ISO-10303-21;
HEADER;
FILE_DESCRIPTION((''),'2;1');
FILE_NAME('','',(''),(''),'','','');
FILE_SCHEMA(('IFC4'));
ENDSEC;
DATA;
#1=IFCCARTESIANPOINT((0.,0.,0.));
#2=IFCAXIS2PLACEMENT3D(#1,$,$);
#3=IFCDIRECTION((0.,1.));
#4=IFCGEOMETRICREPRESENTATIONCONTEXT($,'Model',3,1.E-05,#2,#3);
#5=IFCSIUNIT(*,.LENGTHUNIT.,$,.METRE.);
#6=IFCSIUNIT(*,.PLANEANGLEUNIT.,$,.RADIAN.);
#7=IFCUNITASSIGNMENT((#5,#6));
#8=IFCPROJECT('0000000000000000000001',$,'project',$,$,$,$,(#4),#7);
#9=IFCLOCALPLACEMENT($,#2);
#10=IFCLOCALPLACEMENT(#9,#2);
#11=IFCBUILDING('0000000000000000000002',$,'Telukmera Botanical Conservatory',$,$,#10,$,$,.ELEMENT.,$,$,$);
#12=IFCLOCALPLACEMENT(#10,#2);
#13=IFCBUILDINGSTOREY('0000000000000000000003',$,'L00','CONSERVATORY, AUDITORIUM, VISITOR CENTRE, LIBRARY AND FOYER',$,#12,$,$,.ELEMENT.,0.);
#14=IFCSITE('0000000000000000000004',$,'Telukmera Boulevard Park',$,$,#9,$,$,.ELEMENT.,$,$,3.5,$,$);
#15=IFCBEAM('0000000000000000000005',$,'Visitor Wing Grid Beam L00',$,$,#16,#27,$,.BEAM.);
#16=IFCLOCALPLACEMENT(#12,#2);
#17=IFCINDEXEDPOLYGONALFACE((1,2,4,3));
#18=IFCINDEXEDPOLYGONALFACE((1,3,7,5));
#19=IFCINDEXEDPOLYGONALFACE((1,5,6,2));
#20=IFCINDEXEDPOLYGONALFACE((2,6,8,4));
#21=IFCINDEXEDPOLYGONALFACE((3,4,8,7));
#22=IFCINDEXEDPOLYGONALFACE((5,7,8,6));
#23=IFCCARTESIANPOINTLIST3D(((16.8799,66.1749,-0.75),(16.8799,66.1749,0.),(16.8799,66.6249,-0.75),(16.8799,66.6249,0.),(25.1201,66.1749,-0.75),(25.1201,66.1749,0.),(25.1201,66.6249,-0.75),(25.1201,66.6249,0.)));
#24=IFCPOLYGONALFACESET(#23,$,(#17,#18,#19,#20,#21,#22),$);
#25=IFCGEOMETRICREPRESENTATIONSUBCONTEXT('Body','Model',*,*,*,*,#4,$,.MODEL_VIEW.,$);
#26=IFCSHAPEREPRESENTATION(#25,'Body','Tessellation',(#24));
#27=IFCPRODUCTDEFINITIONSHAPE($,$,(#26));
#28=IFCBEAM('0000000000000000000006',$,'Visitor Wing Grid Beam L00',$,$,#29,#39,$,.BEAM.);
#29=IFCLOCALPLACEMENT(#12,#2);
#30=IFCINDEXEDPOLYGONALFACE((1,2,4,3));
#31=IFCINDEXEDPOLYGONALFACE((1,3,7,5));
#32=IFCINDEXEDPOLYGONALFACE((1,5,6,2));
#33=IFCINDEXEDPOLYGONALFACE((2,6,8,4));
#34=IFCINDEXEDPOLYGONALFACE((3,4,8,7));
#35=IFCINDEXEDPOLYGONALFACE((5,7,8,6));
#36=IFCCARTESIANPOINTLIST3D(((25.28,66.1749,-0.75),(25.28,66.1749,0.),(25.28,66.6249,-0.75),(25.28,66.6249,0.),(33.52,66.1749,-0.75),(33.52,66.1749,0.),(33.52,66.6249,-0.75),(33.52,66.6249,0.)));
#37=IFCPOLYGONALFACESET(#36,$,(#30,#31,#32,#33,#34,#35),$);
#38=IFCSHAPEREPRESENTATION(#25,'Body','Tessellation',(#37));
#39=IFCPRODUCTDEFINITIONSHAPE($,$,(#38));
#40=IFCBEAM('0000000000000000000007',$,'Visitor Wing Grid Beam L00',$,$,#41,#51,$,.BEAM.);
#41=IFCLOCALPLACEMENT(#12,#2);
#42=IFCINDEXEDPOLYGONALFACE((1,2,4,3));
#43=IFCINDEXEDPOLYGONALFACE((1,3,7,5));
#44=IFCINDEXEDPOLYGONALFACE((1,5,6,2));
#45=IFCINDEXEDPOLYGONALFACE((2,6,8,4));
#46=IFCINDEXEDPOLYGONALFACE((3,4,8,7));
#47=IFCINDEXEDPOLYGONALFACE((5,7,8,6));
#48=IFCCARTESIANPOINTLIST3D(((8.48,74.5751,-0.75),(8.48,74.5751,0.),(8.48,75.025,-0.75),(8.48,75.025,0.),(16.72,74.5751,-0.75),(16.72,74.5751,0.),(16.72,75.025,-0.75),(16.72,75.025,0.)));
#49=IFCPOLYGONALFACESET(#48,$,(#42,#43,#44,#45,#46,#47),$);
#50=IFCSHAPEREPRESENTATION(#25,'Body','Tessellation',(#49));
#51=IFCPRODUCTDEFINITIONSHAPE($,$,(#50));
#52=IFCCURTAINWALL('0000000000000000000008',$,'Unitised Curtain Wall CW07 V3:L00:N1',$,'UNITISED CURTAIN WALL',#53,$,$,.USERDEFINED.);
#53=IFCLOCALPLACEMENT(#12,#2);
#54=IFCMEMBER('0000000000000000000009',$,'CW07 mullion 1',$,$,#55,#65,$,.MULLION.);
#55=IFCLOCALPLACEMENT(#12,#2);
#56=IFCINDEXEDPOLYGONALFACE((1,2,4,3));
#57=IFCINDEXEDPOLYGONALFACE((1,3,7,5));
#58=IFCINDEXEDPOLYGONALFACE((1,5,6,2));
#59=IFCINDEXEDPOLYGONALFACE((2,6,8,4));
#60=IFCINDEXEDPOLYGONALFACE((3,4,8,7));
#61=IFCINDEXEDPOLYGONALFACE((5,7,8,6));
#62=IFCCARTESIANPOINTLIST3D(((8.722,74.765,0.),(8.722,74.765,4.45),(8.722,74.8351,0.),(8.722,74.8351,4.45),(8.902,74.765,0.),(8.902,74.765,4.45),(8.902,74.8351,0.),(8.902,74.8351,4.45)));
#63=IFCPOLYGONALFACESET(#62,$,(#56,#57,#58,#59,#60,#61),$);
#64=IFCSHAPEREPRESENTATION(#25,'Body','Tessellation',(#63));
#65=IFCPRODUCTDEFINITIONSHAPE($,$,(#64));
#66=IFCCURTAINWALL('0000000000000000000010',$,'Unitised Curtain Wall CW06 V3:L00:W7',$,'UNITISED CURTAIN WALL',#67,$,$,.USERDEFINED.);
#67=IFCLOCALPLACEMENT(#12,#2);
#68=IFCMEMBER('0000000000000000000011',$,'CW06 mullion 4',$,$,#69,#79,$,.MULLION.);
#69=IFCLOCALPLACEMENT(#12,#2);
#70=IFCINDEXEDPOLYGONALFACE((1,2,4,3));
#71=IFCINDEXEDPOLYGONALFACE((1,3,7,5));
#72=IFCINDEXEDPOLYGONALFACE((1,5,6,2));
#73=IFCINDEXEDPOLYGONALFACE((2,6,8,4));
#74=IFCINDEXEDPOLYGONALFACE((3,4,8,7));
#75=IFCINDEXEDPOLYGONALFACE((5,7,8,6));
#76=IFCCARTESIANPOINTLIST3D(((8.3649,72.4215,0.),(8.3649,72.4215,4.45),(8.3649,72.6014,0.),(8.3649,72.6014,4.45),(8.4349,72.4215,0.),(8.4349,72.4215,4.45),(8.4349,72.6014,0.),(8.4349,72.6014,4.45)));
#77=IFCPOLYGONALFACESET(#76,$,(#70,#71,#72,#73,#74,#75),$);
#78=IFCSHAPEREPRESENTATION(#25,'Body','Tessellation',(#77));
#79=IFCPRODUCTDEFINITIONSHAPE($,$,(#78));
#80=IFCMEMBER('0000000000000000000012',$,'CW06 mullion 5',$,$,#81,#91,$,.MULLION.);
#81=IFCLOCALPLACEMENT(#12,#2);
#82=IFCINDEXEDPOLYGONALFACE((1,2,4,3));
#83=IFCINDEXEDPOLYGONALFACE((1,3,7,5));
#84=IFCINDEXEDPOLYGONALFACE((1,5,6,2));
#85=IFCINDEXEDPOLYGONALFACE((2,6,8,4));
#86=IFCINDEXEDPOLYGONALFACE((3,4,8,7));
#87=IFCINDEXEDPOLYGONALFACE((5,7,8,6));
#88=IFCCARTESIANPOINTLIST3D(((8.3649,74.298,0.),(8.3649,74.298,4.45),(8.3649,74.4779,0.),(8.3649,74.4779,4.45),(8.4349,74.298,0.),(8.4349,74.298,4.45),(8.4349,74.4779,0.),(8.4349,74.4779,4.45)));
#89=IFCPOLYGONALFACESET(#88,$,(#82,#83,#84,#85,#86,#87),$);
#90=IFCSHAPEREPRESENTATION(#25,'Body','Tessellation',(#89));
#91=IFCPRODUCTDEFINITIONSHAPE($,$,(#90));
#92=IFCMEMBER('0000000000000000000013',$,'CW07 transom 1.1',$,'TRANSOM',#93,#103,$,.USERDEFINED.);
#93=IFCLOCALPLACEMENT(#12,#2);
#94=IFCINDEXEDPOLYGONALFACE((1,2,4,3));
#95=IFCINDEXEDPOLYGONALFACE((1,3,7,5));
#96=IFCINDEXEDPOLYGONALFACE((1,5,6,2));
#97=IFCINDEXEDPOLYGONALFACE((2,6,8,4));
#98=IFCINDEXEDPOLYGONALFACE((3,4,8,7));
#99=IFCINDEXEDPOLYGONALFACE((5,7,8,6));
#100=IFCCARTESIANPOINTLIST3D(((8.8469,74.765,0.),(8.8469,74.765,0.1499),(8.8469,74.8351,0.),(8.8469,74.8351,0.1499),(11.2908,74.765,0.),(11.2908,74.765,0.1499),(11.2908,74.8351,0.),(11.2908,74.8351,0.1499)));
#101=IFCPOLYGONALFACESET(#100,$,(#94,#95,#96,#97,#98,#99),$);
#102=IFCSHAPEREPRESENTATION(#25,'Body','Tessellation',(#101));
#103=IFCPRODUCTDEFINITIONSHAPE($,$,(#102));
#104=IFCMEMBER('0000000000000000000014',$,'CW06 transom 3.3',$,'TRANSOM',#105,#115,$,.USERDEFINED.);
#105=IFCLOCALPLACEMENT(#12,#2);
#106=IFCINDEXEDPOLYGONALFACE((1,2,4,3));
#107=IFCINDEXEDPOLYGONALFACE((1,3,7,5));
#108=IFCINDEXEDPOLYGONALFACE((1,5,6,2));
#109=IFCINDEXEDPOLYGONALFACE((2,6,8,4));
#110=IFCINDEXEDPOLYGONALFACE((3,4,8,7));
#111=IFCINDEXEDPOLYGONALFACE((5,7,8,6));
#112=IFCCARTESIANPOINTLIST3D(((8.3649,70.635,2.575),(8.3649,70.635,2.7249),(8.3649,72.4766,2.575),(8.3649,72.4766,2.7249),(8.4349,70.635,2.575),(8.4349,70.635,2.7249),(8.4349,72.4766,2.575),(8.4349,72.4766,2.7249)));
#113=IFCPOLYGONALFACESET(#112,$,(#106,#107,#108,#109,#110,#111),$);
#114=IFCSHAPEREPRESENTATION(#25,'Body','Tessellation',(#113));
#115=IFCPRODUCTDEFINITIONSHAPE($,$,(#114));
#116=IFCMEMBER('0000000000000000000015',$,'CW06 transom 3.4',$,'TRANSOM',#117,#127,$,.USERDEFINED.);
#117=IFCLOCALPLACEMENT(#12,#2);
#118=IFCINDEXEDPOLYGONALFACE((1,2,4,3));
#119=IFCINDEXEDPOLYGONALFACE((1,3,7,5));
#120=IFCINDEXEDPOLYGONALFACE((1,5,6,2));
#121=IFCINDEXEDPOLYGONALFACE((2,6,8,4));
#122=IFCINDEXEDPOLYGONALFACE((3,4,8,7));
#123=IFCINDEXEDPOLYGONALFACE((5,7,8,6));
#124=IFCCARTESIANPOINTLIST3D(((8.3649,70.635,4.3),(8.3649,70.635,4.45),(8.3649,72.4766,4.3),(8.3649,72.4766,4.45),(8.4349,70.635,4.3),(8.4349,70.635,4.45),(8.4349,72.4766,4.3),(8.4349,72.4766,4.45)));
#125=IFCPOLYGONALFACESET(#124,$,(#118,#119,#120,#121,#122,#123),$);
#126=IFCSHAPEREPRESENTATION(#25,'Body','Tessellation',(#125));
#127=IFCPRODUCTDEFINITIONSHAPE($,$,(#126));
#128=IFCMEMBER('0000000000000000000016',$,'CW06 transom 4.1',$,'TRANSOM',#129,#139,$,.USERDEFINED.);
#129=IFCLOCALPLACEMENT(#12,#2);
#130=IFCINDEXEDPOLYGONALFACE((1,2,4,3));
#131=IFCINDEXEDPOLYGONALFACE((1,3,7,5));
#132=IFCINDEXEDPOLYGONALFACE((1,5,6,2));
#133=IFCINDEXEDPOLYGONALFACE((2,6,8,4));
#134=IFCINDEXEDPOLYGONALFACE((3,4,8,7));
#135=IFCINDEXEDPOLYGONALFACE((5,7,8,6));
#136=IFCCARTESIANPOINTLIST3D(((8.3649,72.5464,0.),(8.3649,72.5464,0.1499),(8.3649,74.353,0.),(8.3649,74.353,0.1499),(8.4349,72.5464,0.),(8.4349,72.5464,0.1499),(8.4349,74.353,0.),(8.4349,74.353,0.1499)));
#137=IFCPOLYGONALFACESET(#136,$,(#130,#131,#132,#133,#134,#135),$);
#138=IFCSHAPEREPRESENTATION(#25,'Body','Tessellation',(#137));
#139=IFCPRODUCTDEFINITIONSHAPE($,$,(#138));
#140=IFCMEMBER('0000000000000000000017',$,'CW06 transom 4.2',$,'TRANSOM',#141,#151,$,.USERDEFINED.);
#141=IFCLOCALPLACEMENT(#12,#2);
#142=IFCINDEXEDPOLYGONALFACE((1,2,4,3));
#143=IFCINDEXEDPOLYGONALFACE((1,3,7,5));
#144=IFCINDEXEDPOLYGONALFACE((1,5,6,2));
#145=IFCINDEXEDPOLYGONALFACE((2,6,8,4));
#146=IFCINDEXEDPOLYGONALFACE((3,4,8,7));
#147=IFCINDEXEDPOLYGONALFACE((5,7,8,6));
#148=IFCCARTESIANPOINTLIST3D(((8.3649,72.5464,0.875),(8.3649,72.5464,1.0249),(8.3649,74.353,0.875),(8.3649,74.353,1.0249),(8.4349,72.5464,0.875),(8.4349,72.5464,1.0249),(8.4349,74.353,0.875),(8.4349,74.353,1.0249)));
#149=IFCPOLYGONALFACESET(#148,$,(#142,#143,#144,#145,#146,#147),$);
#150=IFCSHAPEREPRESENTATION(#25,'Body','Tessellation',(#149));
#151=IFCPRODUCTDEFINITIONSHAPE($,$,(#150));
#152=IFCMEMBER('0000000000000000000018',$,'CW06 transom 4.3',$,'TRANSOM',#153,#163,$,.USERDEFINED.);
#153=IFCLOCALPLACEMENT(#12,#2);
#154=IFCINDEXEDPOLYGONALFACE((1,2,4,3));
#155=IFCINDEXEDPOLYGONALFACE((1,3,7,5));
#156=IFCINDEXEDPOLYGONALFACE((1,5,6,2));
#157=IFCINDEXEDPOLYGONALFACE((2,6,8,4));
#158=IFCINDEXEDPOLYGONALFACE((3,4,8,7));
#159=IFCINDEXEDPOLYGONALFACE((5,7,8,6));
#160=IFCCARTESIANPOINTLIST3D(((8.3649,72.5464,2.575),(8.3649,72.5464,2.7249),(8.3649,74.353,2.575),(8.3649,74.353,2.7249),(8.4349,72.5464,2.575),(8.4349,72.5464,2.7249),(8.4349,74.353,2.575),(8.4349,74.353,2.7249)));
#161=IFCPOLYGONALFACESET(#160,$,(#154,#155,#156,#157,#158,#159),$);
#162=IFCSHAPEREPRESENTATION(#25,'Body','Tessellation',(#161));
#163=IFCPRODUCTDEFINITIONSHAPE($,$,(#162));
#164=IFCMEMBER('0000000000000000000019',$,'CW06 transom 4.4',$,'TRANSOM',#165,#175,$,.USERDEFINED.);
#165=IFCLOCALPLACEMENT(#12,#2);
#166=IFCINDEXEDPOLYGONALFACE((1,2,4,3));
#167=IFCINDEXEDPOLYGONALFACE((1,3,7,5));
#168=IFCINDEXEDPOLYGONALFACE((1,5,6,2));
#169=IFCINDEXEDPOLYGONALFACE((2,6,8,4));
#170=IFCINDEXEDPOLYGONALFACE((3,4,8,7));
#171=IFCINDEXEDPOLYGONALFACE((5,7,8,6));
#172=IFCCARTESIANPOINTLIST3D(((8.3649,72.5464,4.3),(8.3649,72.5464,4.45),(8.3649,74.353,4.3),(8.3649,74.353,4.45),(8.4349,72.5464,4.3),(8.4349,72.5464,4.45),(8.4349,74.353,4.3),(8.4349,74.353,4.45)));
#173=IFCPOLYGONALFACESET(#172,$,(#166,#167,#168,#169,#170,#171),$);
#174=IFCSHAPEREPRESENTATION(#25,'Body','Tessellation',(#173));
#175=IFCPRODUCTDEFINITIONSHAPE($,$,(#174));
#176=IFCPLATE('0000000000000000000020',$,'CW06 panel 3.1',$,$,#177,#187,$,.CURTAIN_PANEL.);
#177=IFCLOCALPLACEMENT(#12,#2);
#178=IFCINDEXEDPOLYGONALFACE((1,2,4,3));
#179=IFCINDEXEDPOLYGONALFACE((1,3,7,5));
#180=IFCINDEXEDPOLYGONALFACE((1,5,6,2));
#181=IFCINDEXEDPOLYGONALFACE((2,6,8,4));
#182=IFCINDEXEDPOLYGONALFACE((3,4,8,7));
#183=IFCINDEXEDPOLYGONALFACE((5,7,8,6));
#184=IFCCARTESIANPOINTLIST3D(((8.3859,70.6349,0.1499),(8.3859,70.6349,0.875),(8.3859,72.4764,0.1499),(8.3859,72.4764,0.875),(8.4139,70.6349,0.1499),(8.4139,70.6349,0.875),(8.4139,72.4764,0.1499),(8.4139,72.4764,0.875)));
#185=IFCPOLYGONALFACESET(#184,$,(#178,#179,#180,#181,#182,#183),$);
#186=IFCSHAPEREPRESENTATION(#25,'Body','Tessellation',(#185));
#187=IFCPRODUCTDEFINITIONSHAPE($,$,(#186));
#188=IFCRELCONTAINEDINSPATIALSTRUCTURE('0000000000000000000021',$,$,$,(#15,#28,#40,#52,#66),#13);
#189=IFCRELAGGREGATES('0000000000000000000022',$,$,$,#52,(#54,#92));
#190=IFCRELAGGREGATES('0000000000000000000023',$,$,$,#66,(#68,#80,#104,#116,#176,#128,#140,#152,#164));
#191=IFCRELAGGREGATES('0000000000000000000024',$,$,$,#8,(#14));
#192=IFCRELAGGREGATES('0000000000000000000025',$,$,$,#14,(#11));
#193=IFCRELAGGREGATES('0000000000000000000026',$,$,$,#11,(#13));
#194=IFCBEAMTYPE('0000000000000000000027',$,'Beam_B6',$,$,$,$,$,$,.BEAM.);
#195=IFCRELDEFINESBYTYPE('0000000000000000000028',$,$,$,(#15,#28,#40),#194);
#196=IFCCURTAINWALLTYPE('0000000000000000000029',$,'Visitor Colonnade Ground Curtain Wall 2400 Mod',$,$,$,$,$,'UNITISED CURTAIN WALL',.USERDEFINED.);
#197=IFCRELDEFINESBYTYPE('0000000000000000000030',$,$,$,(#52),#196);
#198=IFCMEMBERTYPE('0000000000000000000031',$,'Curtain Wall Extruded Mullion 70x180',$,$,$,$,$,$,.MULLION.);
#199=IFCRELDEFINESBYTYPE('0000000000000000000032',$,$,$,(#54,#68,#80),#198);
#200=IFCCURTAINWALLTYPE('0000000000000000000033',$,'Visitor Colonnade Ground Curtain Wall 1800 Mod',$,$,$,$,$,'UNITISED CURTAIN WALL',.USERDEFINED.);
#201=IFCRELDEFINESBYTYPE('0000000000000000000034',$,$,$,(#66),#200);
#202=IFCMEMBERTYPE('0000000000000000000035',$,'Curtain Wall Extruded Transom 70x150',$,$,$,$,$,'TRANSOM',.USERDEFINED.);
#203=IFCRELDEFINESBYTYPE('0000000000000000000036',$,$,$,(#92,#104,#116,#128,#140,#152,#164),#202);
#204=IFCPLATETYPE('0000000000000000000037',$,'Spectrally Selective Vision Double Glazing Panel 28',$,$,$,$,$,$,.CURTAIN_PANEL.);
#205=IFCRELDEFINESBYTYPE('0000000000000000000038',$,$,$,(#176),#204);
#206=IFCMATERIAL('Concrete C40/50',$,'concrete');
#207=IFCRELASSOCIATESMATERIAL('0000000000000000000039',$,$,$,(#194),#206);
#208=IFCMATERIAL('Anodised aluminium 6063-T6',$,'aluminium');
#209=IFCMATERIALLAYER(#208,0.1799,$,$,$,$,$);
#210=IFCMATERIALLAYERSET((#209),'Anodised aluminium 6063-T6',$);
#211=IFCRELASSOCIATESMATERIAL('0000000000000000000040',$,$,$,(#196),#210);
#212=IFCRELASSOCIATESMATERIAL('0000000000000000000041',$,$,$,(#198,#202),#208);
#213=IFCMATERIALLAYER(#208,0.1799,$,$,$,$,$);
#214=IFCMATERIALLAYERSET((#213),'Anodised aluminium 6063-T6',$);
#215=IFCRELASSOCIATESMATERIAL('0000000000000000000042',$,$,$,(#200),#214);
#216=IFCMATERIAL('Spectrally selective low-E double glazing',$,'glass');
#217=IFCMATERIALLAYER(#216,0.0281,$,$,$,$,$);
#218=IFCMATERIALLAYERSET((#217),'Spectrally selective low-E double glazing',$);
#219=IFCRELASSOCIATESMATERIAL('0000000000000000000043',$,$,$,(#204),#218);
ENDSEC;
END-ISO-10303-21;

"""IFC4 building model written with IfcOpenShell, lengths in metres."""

from ifc_helpers import new_model, si_unit, direction, frame, origin, origin_2d, place, context, subcontext, project, spatial, rectangle, extrude, material, layer, layer_set, material_profile, profile_set, type_object, element, aggregate, save


model = new_model("IFC4")

# Units and contexts
model_context = context("Model", 3, precision=1e-05, world=origin(), true_north=direction((0.0, 1.0)))
body_context = subcontext(model_context, "Body", "Model", "MODEL_VIEW")
ifc_project = project(units=[si_unit("LENGTHUNIT", "METRE"), si_unit("PLANEANGLEUNIT", "RADIAN")], contexts=[model_context])

# Site, building, storey
site_placement = place(None, origin())
site = spatial("IfcSite", under=ifc_project, at=site_placement, Name="Telukmera Boulevard Park", CompositionType="ELEMENT", RefElevation=3.5)
building_placement = place(site_placement, origin())
building = spatial("IfcBuilding", under=site, at=building_placement, Name="Telukmera Botanical Conservatory", CompositionType="ELEMENT")
storey_placement = place(building_placement, origin())
storey = spatial("IfcBuildingStorey", under=building, at=storey_placement, Name="L00", Description="CONSERVATORY, AUDITORIUM, VISITOR CENTRE, LIBRARY AND FOYER", CompositionType="ELEMENT", Elevation=0.0)

# Shared definitions
ifc_material_1 = material(Name="Concrete C40/50", Category="concrete")

# Beams
ifc_material_profile_1 = material_profile(ifc_material_1, rectangle(XDim=0.45, YDim=0.75, at=origin_2d()), Name="RC 450x750")
ifc_profile_set_1 = profile_set([ifc_material_profile_1], Name="Concrete C40/50")
beam_type_1 = type_object("IfcBeamType", Name="Beam_B6", PredefinedType="BEAM", material=ifc_profile_set_1)
beam_1_placement = place(storey_placement, frame((16.8799, 66.3999, -0.375), z_axis=(1.0, 0.0, 0.0), x_axis=(0.0, 1.0, 0.0)))
element("IfcBeam", 1, at=beam_1_placement, inside=storey, type_object=beam_type_1, Name="Visitor Wing Grid Beam L00", PredefinedType="BEAM", context=body_context, shape_type="SweptSolid", body=[
    extrude(rectangle(XDim=0.45, YDim=0.75, at=origin_2d()), origin(), (0.0, 0.0, 1.0), 8.2402),
])
for number, where, z_axis, x_axis, name in (
    (2, (25.28, 66.3999, -0.375), (1.0, 0.0, 0.0), (0.0, 1.0, 0.0), "Visitor Wing Grid Beam L00"),
    (3, (8.48, 74.8, -0.375), (1.0, 0.0, 0.0), (0.0, 1.0, 0.0), "Visitor Wing Grid Beam L00"),
):
    element("IfcBeam", number, at=place(storey_placement, frame(where, z_axis=z_axis, x_axis=x_axis)), inside=storey, type_object=beam_type_1, Name=name, PredefinedType="BEAM", context=body_context, shape_type="SweptSolid", body=[
        extrude(rectangle(XDim=0.45, YDim=0.75, at=origin_2d()), origin(), (0.0, 0.0, 1.0), 8.24),
    ])

# Curtain wall, member
ifc_material_2 = material(Name="Anodised aluminium 6063-T6", Category="aluminium")
ifc_layer_1 = layer(ifc_material_2, 0.1799)
ifc_layer_set_1 = layer_set([ifc_layer_1], Name="Anodised aluminium 6063-T6")
curtain_wall_type_1 = type_object("IfcCurtainWallType", Name="Visitor Colonnade Ground Curtain Wall 2400 Mod", ElementType="UNITISED CURTAIN WALL", PredefinedType="USERDEFINED", material=ifc_layer_set_1)
curtain_wall_1_placement = place(storey_placement, origin())
curtain_wall_1 = element("IfcCurtainWall", 4, at=curtain_wall_1_placement, inside=storey, type_object=curtain_wall_type_1, Name="Unitised Curtain Wall CW07 V3:L00:N1", ObjectType="UNITISED CURTAIN WALL", PredefinedType="USERDEFINED")
ifc_material_profile_2 = material_profile(ifc_material_2, rectangle(XDim=0.0701, YDim=0.1799, at=origin_2d()), Name="ALU MULL 70x180")
ifc_profile_set_2 = profile_set([ifc_material_profile_2], Name="Anodised aluminium 6063-T6")
member_type_1 = type_object("IfcMemberType", Name="Curtain Wall Extruded Mullion 70x180", PredefinedType="MULLION", material=ifc_profile_set_2)
member_1_placement = place(storey_placement, frame((8.812, 74.8, 0.0), z_axis=(0.0, 0.0, 1.0), x_axis=(0.0, 1.0, 0.0)))
member_1 = element("IfcMember", 5, at=member_1_placement, type_object=member_type_1, Name="CW07 mullion 1", PredefinedType="MULLION", context=body_context, shape_type="SweptSolid", body=[
    extrude(rectangle(XDim=0.0701, YDim=0.1799, at=origin_2d()), origin(), (0.0, 0.0, 1.0), 4.45),
])

# Curtain wall, members
ifc_layer_2 = layer(ifc_material_2, 0.1799)
ifc_layer_set_2 = layer_set([ifc_layer_2], Name="Anodised aluminium 6063-T6")
curtain_wall_type_2 = type_object("IfcCurtainWallType", Name="Visitor Colonnade Ground Curtain Wall 1800 Mod", ElementType="UNITISED CURTAIN WALL", PredefinedType="USERDEFINED", material=ifc_layer_set_2)
curtain_wall_2_placement = place(storey_placement, origin())
curtain_wall_2 = element("IfcCurtainWall", 6, at=curtain_wall_2_placement, inside=storey, type_object=curtain_wall_type_2, Name="Unitised Curtain Wall CW06 V3:L00:W7", ObjectType="UNITISED CURTAIN WALL", PredefinedType="USERDEFINED")
member_2_placement = place(storey_placement, frame((8.3999, 72.5115, 0.0), z_axis=(0.0, 0.0, 1.0), x_axis=(-1.0, 0.0, 0.0)))
member_2 = element("IfcMember", 7, at=member_2_placement, type_object=member_type_1, Name="CW06 mullion 4", PredefinedType="MULLION", context=body_context, shape_type="SweptSolid", body=[
    extrude(rectangle(XDim=0.0701, YDim=0.1799, at=origin_2d()), origin(), (0.0, 0.0, 1.0), 4.45),
])
member_3_placement = place(storey_placement, frame((8.3999, 74.3879, 0.0), z_axis=(0.0, 0.0, 1.0), x_axis=(-1.0, 0.0, 0.0)))
member_3 = element("IfcMember", 8, at=member_3_placement, type_object=member_type_1, Name="CW06 mullion 5", PredefinedType="MULLION", context=body_context, shape_type="SweptSolid", body=[
    extrude(rectangle(XDim=0.0701, YDim=0.1799, at=origin_2d()), origin(), (0.0, 0.0, 1.0), 4.45),
])

# Members
ifc_material_profile_3 = material_profile(ifc_material_2, rectangle(XDim=0.0701, YDim=0.1499, at=origin_2d()), Name="ALU TRAN 70x150")
ifc_profile_set_3 = profile_set([ifc_material_profile_3], Name="Anodised aluminium 6063-T6")
member_type_2 = type_object("IfcMemberType", Name="Curtain Wall Extruded Transom 70x150", ElementType="TRANSOM", PredefinedType="USERDEFINED", material=ifc_profile_set_3)
member_4_placement = place(storey_placement, frame((8.8469, 74.8, 0.075), z_axis=(1.0, 0.0, 0.0), x_axis=(0.0, 1.0, 0.0)))
member_4 = element("IfcMember", 9, at=member_4_placement, type_object=member_type_2, Name="CW07 transom 1.1", ObjectType="TRANSOM", PredefinedType="USERDEFINED", context=body_context, shape_type="SweptSolid", body=[
    extrude(rectangle(XDim=0.0701, YDim=0.1499, at=origin_2d()), origin(), (0.0, 0.0, 1.0), 2.4438),
])
aggregate(curtain_wall_1, [member_1, member_4])
member_5_placement = place(storey_placement, frame((8.3999, 70.635, 2.6499), z_axis=(0.0, 1.0, 0.0), x_axis=(-1.0, 0.0, 0.0)))
member_5 = element("IfcMember", 10, at=member_5_placement, type_object=member_type_2, Name="CW06 transom 3.3", ObjectType="TRANSOM", PredefinedType="USERDEFINED", context=body_context, shape_type="SweptSolid", body=[
    extrude(rectangle(XDim=0.0701, YDim=0.1499, at=origin_2d()), origin(), (0.0, 0.0, 1.0), 1.8416),
])
member_6_placement = place(storey_placement, frame((8.3999, 70.635, 4.375), z_axis=(0.0, 1.0, 0.0), x_axis=(-1.0, 0.0, 0.0)))
member_6 = element("IfcMember", 11, at=member_6_placement, type_object=member_type_2, Name="CW06 transom 3.4", ObjectType="TRANSOM", PredefinedType="USERDEFINED", context=body_context, shape_type="SweptSolid", body=[
    extrude(rectangle(XDim=0.0701, YDim=0.1499, at=origin_2d()), origin(), (0.0, 0.0, 1.0), 1.8416),
])
member_7_placement = place(storey_placement, frame((8.3999, 72.5464, 0.075), z_axis=(0.0, 1.0, 0.0), x_axis=(-1.0, 0.0, 0.0)))
member_7 = element("IfcMember", 12, at=member_7_placement, type_object=member_type_2, Name="CW06 transom 4.1", ObjectType="TRANSOM", PredefinedType="USERDEFINED", context=body_context, shape_type="SweptSolid", body=[
    extrude(rectangle(XDim=0.0701, YDim=0.1499, at=origin_2d()), origin(), (0.0, 0.0, 1.0), 1.8066),
])
member_8_placement = place(storey_placement, frame((8.3999, 72.5464, 0.95), z_axis=(0.0, 1.0, 0.0), x_axis=(-1.0, 0.0, 0.0)))
member_8 = element("IfcMember", 13, at=member_8_placement, type_object=member_type_2, Name="CW06 transom 4.2", ObjectType="TRANSOM", PredefinedType="USERDEFINED", context=body_context, shape_type="SweptSolid", body=[
    extrude(rectangle(XDim=0.0701, YDim=0.1499, at=origin_2d()), origin(), (0.0, 0.0, 1.0), 1.8066),
])
member_9_placement = place(storey_placement, frame((8.3999, 72.5464, 2.6499), z_axis=(0.0, 1.0, 0.0), x_axis=(-1.0, 0.0, 0.0)))
member_9 = element("IfcMember", 14, at=member_9_placement, type_object=member_type_2, Name="CW06 transom 4.3", ObjectType="TRANSOM", PredefinedType="USERDEFINED", context=body_context, shape_type="SweptSolid", body=[
    extrude(rectangle(XDim=0.0701, YDim=0.1499, at=origin_2d()), origin(), (0.0, 0.0, 1.0), 1.8066),
])
member_10_placement = place(storey_placement, frame((8.3999, 72.5464, 4.375), z_axis=(0.0, 1.0, 0.0), x_axis=(-1.0, 0.0, 0.0)))
member_10 = element("IfcMember", 15, at=member_10_placement, type_object=member_type_2, Name="CW06 transom 4.4", ObjectType="TRANSOM", PredefinedType="USERDEFINED", context=body_context, shape_type="SweptSolid", body=[
    extrude(rectangle(XDim=0.0701, YDim=0.1499, at=origin_2d()), origin(), (0.0, 0.0, 1.0), 1.8066),
])

# Plate
ifc_material_3 = material(Name="Spectrally selective low-E double glazing", Category="glass")
ifc_layer_3 = layer(ifc_material_3, 0.0281)
ifc_layer_set_3 = layer_set([ifc_layer_3], Name="Spectrally selective low-E double glazing")
plate_type = type_object("IfcPlateType", Name="Spectrally Selective Vision Double Glazing Panel 28", PredefinedType="CURTAIN_PANEL", material=ifc_layer_set_3)
plate_1_placement = place(storey_placement, frame((8.3999, 71.5557, 0.1499), z_axis=(0.0, 0.0, 1.0), x_axis=(0.0, 1.0, 0.0)))
plate_1 = element("IfcPlate", 16, at=plate_1_placement, type_object=plate_type, Name="CW06 panel 3.1", PredefinedType="CURTAIN_PANEL", context=body_context, shape_type="SweptSolid", body=[
    extrude(rectangle(XDim=1.8416, YDim=0.0281, at=origin_2d()), origin(), (0.0, 0.0, 1.0), 0.7251),
])
aggregate(curtain_wall_2, [member_2, member_3, member_5, member_6, plate_1, member_7, member_8, member_9, member_10])

save(model, "model.ifc")
